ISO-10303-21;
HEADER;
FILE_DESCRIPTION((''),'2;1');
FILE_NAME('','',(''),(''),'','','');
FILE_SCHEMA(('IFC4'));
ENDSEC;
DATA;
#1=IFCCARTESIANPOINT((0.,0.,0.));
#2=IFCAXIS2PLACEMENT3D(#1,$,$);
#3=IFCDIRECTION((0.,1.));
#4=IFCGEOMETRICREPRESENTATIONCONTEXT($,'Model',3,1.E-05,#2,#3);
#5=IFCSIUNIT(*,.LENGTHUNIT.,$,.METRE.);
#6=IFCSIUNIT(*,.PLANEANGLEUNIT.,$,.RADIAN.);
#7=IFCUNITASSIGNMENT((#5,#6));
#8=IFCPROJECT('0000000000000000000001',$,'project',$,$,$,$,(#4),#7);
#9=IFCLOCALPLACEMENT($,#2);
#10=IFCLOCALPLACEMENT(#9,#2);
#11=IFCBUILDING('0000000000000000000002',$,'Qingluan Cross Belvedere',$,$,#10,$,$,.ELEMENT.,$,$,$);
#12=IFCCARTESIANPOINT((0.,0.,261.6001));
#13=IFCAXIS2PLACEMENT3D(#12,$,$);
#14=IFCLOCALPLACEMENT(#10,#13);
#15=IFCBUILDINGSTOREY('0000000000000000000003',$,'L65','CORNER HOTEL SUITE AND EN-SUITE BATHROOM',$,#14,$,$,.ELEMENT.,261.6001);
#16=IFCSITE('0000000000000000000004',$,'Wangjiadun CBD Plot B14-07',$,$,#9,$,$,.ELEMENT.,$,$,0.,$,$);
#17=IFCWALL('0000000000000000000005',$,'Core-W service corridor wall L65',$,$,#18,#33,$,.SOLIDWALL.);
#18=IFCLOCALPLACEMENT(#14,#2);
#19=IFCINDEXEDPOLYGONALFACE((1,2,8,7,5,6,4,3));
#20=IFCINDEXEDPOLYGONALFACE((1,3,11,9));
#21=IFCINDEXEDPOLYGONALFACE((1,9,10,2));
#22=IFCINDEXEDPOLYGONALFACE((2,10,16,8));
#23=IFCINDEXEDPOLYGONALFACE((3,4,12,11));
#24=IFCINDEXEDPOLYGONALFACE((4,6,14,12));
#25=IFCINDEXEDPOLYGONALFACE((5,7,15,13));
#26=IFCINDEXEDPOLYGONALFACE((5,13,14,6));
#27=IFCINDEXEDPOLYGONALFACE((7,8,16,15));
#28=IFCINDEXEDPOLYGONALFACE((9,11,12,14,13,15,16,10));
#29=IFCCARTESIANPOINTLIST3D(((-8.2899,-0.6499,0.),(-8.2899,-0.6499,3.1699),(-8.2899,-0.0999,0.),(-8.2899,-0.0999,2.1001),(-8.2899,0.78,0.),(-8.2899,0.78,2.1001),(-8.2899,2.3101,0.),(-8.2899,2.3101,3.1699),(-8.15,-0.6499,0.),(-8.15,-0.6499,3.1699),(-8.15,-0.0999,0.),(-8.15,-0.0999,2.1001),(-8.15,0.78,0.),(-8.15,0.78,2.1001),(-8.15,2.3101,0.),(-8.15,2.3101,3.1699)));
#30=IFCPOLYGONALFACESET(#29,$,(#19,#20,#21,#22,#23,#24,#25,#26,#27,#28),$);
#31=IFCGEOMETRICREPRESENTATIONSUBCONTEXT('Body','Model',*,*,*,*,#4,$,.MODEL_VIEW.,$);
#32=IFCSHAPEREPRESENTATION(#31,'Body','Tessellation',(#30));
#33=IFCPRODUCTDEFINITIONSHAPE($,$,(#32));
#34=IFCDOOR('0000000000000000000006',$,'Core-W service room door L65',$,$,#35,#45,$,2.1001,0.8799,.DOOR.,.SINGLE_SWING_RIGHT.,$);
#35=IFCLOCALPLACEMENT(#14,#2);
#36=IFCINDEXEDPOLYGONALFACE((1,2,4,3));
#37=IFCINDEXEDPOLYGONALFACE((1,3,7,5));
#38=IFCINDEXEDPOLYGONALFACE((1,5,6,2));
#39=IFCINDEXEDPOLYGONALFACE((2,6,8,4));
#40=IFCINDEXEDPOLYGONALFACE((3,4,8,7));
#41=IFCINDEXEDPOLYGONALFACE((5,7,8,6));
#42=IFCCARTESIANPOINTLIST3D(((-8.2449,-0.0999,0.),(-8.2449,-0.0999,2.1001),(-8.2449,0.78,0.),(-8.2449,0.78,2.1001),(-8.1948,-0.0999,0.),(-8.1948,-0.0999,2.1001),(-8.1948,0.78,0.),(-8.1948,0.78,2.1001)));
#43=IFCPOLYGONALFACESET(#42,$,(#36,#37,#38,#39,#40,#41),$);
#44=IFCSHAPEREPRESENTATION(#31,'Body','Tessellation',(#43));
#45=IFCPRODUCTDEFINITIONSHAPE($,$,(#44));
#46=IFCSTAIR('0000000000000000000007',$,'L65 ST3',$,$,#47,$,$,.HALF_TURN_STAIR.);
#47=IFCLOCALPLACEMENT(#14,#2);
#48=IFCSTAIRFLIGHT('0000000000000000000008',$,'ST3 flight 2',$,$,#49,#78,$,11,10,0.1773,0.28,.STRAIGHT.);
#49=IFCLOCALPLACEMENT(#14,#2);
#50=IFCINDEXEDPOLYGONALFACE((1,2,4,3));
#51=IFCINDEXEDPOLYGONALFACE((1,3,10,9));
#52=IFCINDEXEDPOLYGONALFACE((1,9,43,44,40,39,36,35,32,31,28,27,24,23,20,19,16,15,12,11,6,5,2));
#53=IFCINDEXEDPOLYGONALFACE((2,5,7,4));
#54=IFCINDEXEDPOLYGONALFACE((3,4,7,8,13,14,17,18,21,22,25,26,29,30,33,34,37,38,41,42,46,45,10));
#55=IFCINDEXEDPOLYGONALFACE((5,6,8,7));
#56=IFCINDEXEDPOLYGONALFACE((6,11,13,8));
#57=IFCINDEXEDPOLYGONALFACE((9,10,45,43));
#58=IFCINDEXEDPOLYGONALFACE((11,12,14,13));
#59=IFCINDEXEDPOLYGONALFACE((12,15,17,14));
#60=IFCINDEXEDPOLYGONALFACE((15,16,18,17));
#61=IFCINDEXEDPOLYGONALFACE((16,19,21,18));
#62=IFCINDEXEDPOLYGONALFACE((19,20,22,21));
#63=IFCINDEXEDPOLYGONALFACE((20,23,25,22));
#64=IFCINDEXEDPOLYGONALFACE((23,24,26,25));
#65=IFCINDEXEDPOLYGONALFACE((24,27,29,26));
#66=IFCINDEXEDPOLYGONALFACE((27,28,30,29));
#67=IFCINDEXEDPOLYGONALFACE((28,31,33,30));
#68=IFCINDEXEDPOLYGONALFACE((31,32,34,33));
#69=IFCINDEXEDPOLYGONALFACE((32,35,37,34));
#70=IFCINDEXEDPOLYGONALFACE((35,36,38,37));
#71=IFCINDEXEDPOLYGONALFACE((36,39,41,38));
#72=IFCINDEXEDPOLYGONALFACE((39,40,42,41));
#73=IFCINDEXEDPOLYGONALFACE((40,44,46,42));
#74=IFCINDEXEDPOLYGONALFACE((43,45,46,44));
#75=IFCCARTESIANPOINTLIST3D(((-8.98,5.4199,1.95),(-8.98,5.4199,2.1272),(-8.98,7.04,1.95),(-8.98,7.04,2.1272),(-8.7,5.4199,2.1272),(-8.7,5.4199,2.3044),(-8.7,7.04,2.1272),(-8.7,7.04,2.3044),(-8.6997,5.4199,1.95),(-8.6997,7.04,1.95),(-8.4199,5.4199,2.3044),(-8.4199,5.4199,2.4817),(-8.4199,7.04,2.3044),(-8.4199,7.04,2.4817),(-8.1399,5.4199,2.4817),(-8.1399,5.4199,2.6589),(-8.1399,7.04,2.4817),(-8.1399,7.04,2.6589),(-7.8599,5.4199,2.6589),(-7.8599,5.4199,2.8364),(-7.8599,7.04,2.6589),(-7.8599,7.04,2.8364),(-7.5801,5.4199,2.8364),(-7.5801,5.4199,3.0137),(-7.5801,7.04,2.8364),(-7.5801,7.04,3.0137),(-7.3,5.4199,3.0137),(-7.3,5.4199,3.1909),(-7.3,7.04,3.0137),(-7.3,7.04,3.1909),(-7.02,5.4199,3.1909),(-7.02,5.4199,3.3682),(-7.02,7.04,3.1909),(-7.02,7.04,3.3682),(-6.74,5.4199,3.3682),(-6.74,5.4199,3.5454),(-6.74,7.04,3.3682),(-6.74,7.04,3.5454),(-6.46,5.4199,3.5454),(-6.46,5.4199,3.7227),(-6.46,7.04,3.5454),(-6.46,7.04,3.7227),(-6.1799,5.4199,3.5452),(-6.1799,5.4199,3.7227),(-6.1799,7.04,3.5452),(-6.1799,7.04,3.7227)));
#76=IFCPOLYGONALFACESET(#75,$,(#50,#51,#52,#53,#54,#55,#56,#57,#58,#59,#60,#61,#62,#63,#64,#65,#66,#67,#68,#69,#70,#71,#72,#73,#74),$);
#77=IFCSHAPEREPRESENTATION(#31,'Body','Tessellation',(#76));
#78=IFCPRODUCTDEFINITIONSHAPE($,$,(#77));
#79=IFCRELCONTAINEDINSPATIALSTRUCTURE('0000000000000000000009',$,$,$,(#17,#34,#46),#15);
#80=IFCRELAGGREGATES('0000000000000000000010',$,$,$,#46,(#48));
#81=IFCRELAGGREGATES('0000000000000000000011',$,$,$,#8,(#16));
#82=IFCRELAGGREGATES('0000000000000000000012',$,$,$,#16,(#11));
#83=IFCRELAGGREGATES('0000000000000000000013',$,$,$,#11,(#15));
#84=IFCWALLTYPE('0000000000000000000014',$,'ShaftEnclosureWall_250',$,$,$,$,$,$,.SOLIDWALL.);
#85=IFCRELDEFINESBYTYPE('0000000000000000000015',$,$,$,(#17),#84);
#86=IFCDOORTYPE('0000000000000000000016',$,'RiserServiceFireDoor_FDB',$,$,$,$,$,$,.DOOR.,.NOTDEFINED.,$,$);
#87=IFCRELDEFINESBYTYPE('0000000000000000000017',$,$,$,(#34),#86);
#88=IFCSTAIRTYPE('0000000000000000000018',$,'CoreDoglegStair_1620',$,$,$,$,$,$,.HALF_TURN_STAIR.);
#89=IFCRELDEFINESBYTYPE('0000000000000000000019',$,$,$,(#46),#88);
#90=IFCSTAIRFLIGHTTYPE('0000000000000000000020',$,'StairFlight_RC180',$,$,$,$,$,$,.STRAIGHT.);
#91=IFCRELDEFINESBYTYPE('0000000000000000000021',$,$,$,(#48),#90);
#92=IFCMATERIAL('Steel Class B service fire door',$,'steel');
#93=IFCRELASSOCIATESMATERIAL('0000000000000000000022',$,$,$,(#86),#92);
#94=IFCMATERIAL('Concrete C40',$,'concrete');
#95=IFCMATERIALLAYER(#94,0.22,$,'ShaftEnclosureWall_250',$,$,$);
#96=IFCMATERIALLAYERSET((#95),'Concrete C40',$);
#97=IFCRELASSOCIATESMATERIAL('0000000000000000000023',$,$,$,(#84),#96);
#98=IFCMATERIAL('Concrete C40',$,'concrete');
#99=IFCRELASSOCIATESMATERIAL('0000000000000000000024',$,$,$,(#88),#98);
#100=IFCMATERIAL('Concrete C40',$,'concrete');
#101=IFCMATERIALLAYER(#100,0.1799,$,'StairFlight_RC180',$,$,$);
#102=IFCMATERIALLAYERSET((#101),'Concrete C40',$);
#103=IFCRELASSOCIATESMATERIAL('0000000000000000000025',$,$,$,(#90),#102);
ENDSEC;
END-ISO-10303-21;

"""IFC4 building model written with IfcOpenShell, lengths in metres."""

from ifc_helpers import new_model, si_unit, direction, frame, frame_2d, origin, place, context, subcontext, project, spatial, polyline, rectangle, outline, extrude, material, layer, layer_set, type_object, element, fill, aggregate, save


model = new_model("IFC4")

# Units and contexts
model_context = context("Model", 3, precision=1e-05, world=origin(), true_north=direction((0.0, 1.0)))
body_context = subcontext(model_context, "Body", "Model", "MODEL_VIEW")
ifc_project = project(units=[si_unit("LENGTHUNIT", "METRE"), si_unit("PLANEANGLEUNIT", "RADIAN")], contexts=[model_context])

# Site, building, storey
site_placement = place(None, origin())
site = spatial("IfcSite", under=ifc_project, at=site_placement, Name="Wangjiadun CBD Plot B14-07", CompositionType="ELEMENT", RefElevation=0.0)
building_placement = place(site_placement, origin())
building = spatial("IfcBuilding", under=site, at=building_placement, Name="Qingluan Cross Belvedere", CompositionType="ELEMENT")
storey_placement = place(building_placement, frame((0.0, 0.0, 261.6001)))
storey = spatial("IfcBuildingStorey", under=building, at=storey_placement, Name="L65", Description="CORNER HOTEL SUITE AND EN-SUITE BATHROOM", CompositionType="ELEMENT", Elevation=261.6001)

# Shared definitions
ifc_material_1 = material(Name="Steel Class B service fire door", Category="steel")
door_type_1 = type_object("IfcDoorType", Name="RiserServiceFireDoor_FDB", OperationType="NOTDEFINED", PredefinedType="DOOR", material=ifc_material_1)

# Shared definitions
ifc_material_2 = material(Name="Concrete C40", Category="concrete")
ifc_layer_1 = layer(ifc_material_2, 0.22, Name="ShaftEnclosureWall_250")
ifc_layer_set_1 = layer_set([ifc_layer_1], Name="Concrete C40")
wall_type_1 = type_object("IfcWallType", Name="ShaftEnclosureWall_250", PredefinedType="SOLIDWALL", material=ifc_layer_set_1)

# Wall, opening, door
wall_1_placement = place(storey_placement, frame((-8.22, -0.6499, 0.0), z_axis=(0.0, 0.0, 1.0), x_axis=(0.0, 1.0, 0.0)))
wall_1 = element("IfcWall", 1, at=wall_1_placement, inside=storey, type_object=wall_type_1, Name="Core-W service corridor wall L65", PredefinedType="SOLIDWALL", context=body_context, shape_type="SweptSolid", body=[
    extrude(rectangle(XDim=2.96, YDim=0.1399, at=frame_2d((1.48, 0.0))), origin(), (0.0, 0.0, 1.0), 3.1699),
])
opening_1_placement = place(wall_1_placement, frame((0.55, 0.0, 0.0)))
opening_1 = element("IfcOpeningElement", 2, at=opening_1_placement, cuts=wall_1, PredefinedType="OPENING", context=body_context, shape_type="SweptSolid", body=[
    extrude(rectangle(XDim=0.8799, YDim=2.1001, at=frame_2d((0.4399, 1.05))), frame((0.0, 0.0798, 0.0), z_axis=(0.0, -1.0, 0.0), x_axis=(1.0, 0.0, 0.0)), (0.0, 0.0, 1.0), 0.1599),
])
door_1_placement = place(opening_1_placement, origin())
door_1 = element("IfcDoor", 3, at=door_1_placement, inside=storey, type_object=door_type_1, Name="Core-W service room door L65", OperationType="SINGLE_SWING_RIGHT", OverallHeight=2.1001, OverallWidth=0.8799, PredefinedType="DOOR", context=body_context, shape_type="SweptSolid", body=[
    extrude(rectangle(XDim=0.8799, YDim=2.1001, at=frame_2d((0.4399, 1.05))), frame((0.0, 0.0249, 0.0), z_axis=(0.0, -1.0, 0.0), x_axis=(1.0, 0.0, 0.0)), (0.0, 0.0, 1.0), 0.05),
])
fill(opening_1, door_1)

# Stair, stair flight
ifc_material_3 = material(Name="Concrete C40", Category="concrete")
stair_type = type_object("IfcStairType", Name="CoreDoglegStair_1620", PredefinedType="HALF_TURN_STAIR", material=ifc_material_3)
stair_placement = place(storey_placement, origin())
stair = element("IfcStair", 4, at=stair_placement, inside=storey, type_object=stair_type, Name="L65 ST3", PredefinedType="HALF_TURN_STAIR")
ifc_material_4 = material(Name="Concrete C40", Category="concrete")
ifc_layer_2 = layer(ifc_material_4, 0.1799, Name="StairFlight_RC180")
ifc_layer_set_2 = layer_set([ifc_layer_2], Name="Concrete C40")
stair_flight_type = type_object("IfcStairFlightType", Name="StairFlight_RC180", PredefinedType="STRAIGHT", material=ifc_layer_set_2)
stair_flight_placement = place(storey_placement, frame((-8.98, 6.23, 1.95), z_axis=(0.0, 0.0, 1.0), x_axis=(1.0, 0.0, 0.0)))
stair_flight = element("IfcStairFlight", 5, at=stair_flight_placement, type_object=stair_flight_type, Name="ST3 flight 2", NumberOfRisers=11, NumberOfTreads=10, PredefinedType="STRAIGHT", RiserHeight=0.1773, TreadLength=0.28, context=body_context, shape_type="SweptSolid", body=[
    extrude(outline(polyline([(0.0, 0.0), (0.0, 0.1772), (0.28, 0.1772), (0.28, 0.3545), (0.5601, 0.3545), (0.5601, 0.5317), (0.8401, 0.5317), (0.8401, 0.709), (1.1201, 0.709), (1.1201, 0.8865), (1.3999, 0.8865), (1.3999, 1.0637), (1.6799, 1.0637), (1.6799, 1.241), (1.96, 1.241), (1.96, 1.4182), (2.24, 1.4182), (2.24, 1.5955), (2.52, 1.5955), (2.52, 1.7727), (2.8, 1.7727), (2.8, 1.95), (2.8, 1.5952), (0.2803, 0.0), (0.0, 0.0)])), frame((0.0, 0.8101, 0.0), z_axis=(0.0, -1.0, 0.0), x_axis=(1.0, 0.0, 0.0)), (0.0, 0.0, 1.0), 1.6201),
])
aggregate(stair, [stair_flight])

save(model, "model.ifc")
